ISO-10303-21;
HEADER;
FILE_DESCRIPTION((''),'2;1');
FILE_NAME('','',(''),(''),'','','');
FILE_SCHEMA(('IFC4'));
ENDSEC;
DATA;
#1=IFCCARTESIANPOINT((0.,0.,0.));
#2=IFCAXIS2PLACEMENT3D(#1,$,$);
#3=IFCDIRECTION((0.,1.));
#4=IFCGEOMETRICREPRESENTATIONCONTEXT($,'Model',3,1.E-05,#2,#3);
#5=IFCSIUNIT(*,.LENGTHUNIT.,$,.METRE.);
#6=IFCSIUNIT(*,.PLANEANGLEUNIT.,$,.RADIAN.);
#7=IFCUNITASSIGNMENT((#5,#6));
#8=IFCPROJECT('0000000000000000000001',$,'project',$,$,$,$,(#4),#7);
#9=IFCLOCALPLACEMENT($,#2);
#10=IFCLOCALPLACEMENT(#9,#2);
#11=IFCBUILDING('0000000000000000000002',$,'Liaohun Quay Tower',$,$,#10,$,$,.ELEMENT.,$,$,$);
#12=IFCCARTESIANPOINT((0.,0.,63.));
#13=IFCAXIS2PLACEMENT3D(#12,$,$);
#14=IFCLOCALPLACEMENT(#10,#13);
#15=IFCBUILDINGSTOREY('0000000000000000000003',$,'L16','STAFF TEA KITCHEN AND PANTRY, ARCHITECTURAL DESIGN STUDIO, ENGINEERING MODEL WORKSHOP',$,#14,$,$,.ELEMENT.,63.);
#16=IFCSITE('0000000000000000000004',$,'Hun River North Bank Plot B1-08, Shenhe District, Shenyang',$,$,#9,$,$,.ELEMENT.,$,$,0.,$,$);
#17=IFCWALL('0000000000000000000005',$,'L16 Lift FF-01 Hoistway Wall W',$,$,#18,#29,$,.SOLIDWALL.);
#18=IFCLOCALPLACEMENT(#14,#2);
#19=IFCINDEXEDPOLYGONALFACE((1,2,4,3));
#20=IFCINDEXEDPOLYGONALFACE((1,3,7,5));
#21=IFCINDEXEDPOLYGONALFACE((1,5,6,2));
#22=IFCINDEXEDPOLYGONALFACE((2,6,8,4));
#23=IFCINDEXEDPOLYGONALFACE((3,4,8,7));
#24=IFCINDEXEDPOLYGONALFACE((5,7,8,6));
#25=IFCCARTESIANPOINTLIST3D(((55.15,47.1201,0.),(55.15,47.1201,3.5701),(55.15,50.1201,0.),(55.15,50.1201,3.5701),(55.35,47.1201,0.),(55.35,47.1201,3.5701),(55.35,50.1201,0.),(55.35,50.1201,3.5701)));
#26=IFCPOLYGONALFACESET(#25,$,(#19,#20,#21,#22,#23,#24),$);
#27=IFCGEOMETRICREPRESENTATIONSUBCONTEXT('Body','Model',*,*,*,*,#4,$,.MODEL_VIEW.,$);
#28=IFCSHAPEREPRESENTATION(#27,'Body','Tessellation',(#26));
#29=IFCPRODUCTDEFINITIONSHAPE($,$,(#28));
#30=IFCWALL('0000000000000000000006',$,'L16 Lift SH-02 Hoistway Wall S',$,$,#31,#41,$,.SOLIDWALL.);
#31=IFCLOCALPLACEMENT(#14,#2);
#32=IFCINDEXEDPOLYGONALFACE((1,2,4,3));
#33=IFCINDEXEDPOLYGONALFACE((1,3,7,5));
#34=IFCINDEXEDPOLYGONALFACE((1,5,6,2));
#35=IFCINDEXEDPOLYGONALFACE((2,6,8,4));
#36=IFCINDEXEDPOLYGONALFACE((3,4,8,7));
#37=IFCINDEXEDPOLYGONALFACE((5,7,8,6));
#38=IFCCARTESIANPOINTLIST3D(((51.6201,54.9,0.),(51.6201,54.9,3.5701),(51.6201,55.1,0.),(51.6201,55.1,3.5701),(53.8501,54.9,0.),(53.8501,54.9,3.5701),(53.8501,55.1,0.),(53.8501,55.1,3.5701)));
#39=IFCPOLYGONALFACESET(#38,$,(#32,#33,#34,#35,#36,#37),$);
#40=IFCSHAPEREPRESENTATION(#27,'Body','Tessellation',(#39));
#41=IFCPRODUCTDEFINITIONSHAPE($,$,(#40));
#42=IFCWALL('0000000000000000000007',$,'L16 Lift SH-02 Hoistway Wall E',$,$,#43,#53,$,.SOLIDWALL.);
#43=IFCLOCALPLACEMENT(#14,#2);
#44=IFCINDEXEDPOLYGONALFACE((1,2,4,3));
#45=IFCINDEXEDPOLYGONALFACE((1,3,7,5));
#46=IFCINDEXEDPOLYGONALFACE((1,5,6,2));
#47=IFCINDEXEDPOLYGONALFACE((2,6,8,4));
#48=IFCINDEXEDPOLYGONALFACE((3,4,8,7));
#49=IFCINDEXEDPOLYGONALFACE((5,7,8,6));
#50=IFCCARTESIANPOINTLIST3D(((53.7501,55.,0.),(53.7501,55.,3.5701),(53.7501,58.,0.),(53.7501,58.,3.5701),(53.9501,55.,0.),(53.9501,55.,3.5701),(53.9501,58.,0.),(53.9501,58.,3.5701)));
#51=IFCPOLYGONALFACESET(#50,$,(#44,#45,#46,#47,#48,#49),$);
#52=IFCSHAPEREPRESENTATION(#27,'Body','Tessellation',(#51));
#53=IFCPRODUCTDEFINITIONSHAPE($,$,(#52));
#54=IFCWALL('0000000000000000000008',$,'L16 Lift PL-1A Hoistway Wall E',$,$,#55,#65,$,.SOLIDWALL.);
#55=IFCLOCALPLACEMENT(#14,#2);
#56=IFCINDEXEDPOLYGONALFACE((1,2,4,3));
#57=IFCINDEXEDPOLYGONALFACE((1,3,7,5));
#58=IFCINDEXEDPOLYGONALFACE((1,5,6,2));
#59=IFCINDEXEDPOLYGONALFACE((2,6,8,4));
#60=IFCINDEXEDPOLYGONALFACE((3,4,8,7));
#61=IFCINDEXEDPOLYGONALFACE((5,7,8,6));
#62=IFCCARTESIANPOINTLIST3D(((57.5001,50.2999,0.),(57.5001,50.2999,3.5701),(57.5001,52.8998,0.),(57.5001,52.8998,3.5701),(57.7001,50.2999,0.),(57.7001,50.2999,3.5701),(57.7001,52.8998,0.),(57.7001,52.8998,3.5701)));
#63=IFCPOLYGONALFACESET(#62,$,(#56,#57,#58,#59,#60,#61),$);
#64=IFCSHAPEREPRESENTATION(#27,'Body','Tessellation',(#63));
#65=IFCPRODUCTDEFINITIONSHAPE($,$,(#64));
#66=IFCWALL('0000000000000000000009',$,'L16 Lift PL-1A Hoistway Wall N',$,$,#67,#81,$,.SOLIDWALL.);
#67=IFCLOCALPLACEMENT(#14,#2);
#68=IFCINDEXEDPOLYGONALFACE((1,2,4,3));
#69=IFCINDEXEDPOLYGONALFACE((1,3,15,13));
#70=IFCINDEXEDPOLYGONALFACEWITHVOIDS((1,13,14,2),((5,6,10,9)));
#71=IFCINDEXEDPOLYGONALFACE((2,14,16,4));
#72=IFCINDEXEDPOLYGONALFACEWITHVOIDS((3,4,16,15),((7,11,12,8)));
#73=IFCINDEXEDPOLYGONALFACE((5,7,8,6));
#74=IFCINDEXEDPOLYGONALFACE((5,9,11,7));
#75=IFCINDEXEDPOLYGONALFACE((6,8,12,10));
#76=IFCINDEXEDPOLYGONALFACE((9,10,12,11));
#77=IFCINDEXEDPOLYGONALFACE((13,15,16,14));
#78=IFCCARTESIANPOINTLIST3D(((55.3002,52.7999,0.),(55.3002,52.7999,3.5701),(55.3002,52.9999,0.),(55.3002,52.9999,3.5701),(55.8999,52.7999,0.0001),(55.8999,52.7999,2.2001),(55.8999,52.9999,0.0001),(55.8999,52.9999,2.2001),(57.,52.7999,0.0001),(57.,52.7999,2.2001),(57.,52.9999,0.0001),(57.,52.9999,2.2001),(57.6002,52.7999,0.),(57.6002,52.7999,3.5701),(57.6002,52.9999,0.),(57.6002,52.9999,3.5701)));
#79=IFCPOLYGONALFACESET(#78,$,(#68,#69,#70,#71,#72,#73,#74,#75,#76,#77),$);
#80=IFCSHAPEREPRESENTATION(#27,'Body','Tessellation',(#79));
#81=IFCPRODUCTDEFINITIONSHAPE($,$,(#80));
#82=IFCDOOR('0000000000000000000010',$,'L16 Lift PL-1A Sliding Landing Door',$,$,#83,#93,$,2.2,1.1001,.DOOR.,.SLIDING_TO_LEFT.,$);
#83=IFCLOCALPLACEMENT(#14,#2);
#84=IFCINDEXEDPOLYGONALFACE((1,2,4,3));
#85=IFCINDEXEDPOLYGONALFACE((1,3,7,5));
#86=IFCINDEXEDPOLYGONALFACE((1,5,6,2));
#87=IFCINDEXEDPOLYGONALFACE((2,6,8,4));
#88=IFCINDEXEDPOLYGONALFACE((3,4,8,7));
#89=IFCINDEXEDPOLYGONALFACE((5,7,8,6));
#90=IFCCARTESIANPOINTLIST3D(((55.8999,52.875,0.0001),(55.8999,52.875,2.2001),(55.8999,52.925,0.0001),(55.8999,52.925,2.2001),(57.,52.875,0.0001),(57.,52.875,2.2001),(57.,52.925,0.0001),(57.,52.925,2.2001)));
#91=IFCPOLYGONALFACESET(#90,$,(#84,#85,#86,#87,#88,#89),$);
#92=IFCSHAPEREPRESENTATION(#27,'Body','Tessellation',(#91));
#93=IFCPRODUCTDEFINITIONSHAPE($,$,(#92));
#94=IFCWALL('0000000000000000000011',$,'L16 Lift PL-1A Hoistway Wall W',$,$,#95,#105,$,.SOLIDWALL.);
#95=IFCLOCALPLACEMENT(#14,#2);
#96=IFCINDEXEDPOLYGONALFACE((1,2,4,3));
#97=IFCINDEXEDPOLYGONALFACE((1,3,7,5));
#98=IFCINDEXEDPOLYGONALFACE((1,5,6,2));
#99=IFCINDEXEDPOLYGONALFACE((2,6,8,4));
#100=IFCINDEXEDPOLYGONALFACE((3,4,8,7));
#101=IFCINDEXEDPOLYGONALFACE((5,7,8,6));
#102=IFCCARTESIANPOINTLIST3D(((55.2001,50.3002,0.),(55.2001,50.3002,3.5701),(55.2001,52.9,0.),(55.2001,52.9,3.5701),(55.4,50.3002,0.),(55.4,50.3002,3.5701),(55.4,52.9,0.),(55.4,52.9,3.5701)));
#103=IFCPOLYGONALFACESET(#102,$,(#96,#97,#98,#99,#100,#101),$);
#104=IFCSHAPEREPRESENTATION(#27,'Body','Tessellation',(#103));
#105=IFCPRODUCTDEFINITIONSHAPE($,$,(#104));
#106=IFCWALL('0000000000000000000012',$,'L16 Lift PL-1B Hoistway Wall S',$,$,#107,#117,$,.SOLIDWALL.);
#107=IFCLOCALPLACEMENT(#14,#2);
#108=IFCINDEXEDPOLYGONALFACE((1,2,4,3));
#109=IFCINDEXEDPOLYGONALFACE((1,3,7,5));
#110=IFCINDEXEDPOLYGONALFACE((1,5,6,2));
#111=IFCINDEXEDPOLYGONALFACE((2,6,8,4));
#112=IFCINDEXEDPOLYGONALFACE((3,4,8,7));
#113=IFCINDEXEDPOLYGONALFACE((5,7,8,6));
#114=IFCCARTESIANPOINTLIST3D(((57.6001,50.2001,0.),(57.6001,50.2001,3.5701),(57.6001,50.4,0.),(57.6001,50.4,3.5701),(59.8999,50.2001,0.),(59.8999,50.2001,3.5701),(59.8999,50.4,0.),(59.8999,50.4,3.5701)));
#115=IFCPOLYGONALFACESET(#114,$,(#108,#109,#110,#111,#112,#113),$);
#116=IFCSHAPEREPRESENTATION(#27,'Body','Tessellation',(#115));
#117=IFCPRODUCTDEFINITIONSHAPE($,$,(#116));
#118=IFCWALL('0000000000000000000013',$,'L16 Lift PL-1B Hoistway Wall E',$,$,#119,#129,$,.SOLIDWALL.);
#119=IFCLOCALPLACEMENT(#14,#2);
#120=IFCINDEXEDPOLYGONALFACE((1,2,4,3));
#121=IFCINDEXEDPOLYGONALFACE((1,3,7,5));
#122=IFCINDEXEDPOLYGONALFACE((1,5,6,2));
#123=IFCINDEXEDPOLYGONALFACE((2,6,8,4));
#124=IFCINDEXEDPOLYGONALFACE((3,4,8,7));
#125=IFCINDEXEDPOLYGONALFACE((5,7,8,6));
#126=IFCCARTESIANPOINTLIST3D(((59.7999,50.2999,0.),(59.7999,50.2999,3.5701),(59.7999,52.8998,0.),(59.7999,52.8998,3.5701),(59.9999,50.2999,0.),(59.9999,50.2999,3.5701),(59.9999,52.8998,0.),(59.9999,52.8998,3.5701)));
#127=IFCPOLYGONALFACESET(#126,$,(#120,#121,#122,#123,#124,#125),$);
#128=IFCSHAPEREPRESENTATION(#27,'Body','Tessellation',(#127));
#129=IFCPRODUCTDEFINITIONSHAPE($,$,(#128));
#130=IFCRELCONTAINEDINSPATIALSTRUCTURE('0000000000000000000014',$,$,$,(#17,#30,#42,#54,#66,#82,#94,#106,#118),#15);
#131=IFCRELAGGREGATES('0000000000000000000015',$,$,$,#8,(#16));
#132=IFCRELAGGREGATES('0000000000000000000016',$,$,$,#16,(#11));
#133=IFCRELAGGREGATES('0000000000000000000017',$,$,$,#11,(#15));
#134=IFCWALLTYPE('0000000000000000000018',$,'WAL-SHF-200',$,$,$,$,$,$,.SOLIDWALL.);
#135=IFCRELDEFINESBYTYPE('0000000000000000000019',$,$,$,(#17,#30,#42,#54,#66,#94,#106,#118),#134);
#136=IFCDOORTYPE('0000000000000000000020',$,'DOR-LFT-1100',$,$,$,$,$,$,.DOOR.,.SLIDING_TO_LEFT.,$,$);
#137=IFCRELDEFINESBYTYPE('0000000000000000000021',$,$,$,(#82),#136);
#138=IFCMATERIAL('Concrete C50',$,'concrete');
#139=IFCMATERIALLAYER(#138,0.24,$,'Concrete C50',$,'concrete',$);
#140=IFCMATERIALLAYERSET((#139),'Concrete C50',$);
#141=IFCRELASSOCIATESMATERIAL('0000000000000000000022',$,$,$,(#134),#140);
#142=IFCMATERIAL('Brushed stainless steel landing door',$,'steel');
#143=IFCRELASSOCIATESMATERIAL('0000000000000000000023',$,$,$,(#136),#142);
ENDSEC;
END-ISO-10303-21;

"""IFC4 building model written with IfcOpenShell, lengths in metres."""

from ifc_helpers import new_model, si_unit, direction, frame, frame_2d, origin, place, context, subcontext, project, spatial, rectangle, extrude, source, transform, mapped, material, layer, layer_set, type_object, element, fill, save


model = new_model("IFC4")

# Units and contexts
model_context = context("Model", 3, precision=1e-05, world=origin(), true_north=direction((0.0, 1.0)))
body_context = subcontext(model_context, "Body", "Model", "MODEL_VIEW")
ifc_project = project(units=[si_unit("LENGTHUNIT", "METRE"), si_unit("PLANEANGLEUNIT", "RADIAN")], contexts=[model_context])

# Site, building, storey
site_placement = place(None, origin())
site = spatial("IfcSite", under=ifc_project, at=site_placement, Name="Hun River North Bank Plot B1-08, Shenhe District, Shenyang", CompositionType="ELEMENT", RefElevation=0.0)
building_placement = place(site_placement, origin())
building = spatial("IfcBuilding", under=site, at=building_placement, Name="Liaohun Quay Tower", CompositionType="ELEMENT")
storey_placement = place(building_placement, frame((0.0, 0.0, 63.0)))
storey = spatial("IfcBuildingStorey", under=building, at=storey_placement, Name="L16", Description="STAFF TEA KITCHEN AND PANTRY, ARCHITECTURAL DESIGN STUDIO, ENGINEERING MODEL WORKSHOP", CompositionType="ELEMENT", Elevation=63.0)

# Shared definitions
ifc_material_1 = material(Name="Concrete C50", Category="concrete")
ifc_layer_1 = layer(ifc_material_1, 0.24, Name="Concrete C50", Category="concrete")
ifc_layer_set_1 = layer_set([ifc_layer_1], Name="Concrete C50")
wall_type_1 = type_object("IfcWallType", Name="WAL-SHF-200", PredefinedType="SOLIDWALL", material=ifc_layer_set_1)

# Walls
wall_1_placement = place(storey_placement, frame((55.25, 50.1201, 0.0), z_axis=(0.0, 0.0, 1.0), x_axis=(0.0, -1.0, 0.0)))
element("IfcWall", 1, at=wall_1_placement, inside=storey, type_object=wall_type_1, Name="L16 Lift FF-01 Hoistway Wall W", PredefinedType="SOLIDWALL", context=body_context, shape_type="SweptSolid", body=[
    extrude(rectangle(XDim=3.0, YDim=0.2, at=frame_2d((1.5, 0.0))), origin(), (0.0, 0.0, 1.0), 3.5701),
])
wall_2_placement = place(storey_placement, frame((51.6201, 55.0, 0.0), z_axis=(0.0, 0.0, 1.0), x_axis=(1.0, 0.0, 0.0)))
element("IfcWall", 2, at=wall_2_placement, inside=storey, type_object=wall_type_1, Name="L16 Lift SH-02 Hoistway Wall S", PredefinedType="SOLIDWALL", context=body_context, shape_type="SweptSolid", body=[
    extrude(rectangle(XDim=2.23, YDim=0.2, at=frame_2d((1.115, 0.0))), origin(), (0.0, 0.0, 1.0), 3.5701),
])
wall_3_placement = place(storey_placement, frame((53.8501, 55.0, 0.0), z_axis=(0.0, 0.0, 1.0), x_axis=(0.0, 1.0, 0.0)))
element("IfcWall", 3, at=wall_3_placement, inside=storey, type_object=wall_type_1, Name="L16 Lift SH-02 Hoistway Wall E", PredefinedType="SOLIDWALL", context=body_context, shape_type="SweptSolid", body=[
    extrude(rectangle(XDim=3.0, YDim=0.2, at=frame_2d((1.5, 0.0))), origin(), (0.0, 0.0, 1.0), 3.5701),
])
wall_4_placement = place(storey_placement, frame((57.6001, 50.3, 0.0), z_axis=(0.0, 0.0, 1.0), x_axis=(0.0, 1.0, 0.0)))
element("IfcWall", 4, at=wall_4_placement, inside=storey, type_object=wall_type_1, Name="L16 Lift PL-1A Hoistway Wall E", PredefinedType="SOLIDWALL", context=body_context, shape_type="SweptSolid", body=[
    extrude(rectangle(XDim=2.5999, YDim=0.2, at=frame_2d((1.2998, 0.0))), origin(), (0.0, 0.0, 1.0), 3.5701),
])

# Wall, opening, door
wall_5_placement = place(storey_placement, frame((57.6001, 52.8999, 0.0), z_axis=(0.0, 0.0, 1.0), x_axis=(-1.0, 0.0, 0.0)))
wall_5 = element("IfcWall", 5, at=wall_5_placement, inside=storey, type_object=wall_type_1, Name="L16 Lift PL-1A Hoistway Wall N", PredefinedType="SOLIDWALL", context=body_context, shape_type="SweptSolid", body=[
    extrude(rectangle(XDim=2.3, YDim=0.2, at=frame_2d((1.1499, 0.0))), origin(), (0.0, 0.0, 1.0), 3.5701),
])
shared_shape_1 = source(origin(), body_context, "Body", "SweptSolid", [
    extrude(rectangle(XDim=1.1001, YDim=2.2, at=frame_2d((0.55, 1.1001))), frame((0.0, 0.1099, 0.0), z_axis=(0.0, -1.0, 0.0), x_axis=(1.0, 0.0, 0.0)), (0.0, 0.0, 1.0), 0.22),
])
opening_1_placement = place(wall_5_placement, frame((0.6001, 0.0, 0.0)))
opening_1 = element("IfcOpeningElement", 6, at=opening_1_placement, cuts=wall_5, PredefinedType="OPENING", context=body_context, shape_type="MappedRepresentation", body=[
    mapped(shared_shape_1, transform((0.0, 0.0, 0.0), x_axis=(1.0, 0.0, 0.0), y_axis=(0.0, 1.0, 0.0), z_axis=(0.0, 0.0, 1.0), scale=1.0)),
])
ifc_material_2 = material(Name="Brushed stainless steel landing door", Category="steel")
door_type_1 = type_object("IfcDoorType", Name="DOR-LFT-1100", OperationType="SLIDING_TO_LEFT", PredefinedType="DOOR", material=ifc_material_2)
shared_shape_2 = source(origin(), body_context, "Body", "SweptSolid", [
    extrude(rectangle(XDim=1.1001, YDim=2.2, at=frame_2d((0.55, 1.1001))), frame((0.0, 0.0249, 0.0), z_axis=(0.0, -1.0, 0.0), x_axis=(1.0, 0.0, 0.0)), (0.0, 0.0, 1.0), 0.05),
])
door_1_placement = place(opening_1_placement, origin())
door_1 = element("IfcDoor", 7, at=door_1_placement, inside=storey, type_object=door_type_1, Name="L16 Lift PL-1A Sliding Landing Door", OperationType="SLIDING_TO_LEFT", OverallHeight=2.2, OverallWidth=1.1001, PredefinedType="DOOR", context=body_context, shape_type="MappedRepresentation", body=[
    mapped(shared_shape_2, transform((0.0, 0.0, 0.0), x_axis=(1.0, 0.0, 0.0), y_axis=(0.0, 1.0, 0.0), z_axis=(0.0, 0.0, 1.0), scale=1.0)),
])
fill(opening_1, door_1)

# Walls
wall_6_placement = place(storey_placement, frame((55.3, 52.8999, 0.0), z_axis=(0.0, 0.0, 1.0), x_axis=(0.0, -1.0, 0.0)))
element("IfcWall", 8, at=wall_6_placement, inside=storey, type_object=wall_type_1, Name="L16 Lift PL-1A Hoistway Wall W", PredefinedType="SOLIDWALL", context=body_context, shape_type="SweptSolid", body=[
    extrude(rectangle(XDim=2.5999, YDim=0.2, at=frame_2d((1.2998, 0.0))), origin(), (0.0, 0.0, 1.0), 3.5701),
])
wall_7_placement = place(storey_placement, frame((57.6001, 50.3, 0.0), z_axis=(0.0, 0.0, 1.0), x_axis=(1.0, 0.0, 0.0)))
element("IfcWall", 9, at=wall_7_placement, inside=storey, type_object=wall_type_1, Name="L16 Lift PL-1B Hoistway Wall S", PredefinedType="SOLIDWALL", context=body_context, shape_type="SweptSolid", body=[
    extrude(rectangle(XDim=2.2998, YDim=0.2, at=frame_2d((1.1499, 0.0))), origin(), (0.0, 0.0, 1.0), 3.5701),
])
wall_8_placement = place(storey_placement, frame((59.8999, 50.3, 0.0), z_axis=(0.0, 0.0, 1.0), x_axis=(0.0, 1.0, 0.0)))
element("IfcWall", 10, at=wall_8_placement, inside=storey, type_object=wall_type_1, Name="L16 Lift PL-1B Hoistway Wall E", PredefinedType="SOLIDWALL", context=body_context, shape_type="SweptSolid", body=[
    extrude(rectangle(XDim=2.5999, YDim=0.2, at=frame_2d((1.2998, 0.0))), origin(), (0.0, 0.0, 1.0), 3.5701),
])

save(model, "model.ifc")
